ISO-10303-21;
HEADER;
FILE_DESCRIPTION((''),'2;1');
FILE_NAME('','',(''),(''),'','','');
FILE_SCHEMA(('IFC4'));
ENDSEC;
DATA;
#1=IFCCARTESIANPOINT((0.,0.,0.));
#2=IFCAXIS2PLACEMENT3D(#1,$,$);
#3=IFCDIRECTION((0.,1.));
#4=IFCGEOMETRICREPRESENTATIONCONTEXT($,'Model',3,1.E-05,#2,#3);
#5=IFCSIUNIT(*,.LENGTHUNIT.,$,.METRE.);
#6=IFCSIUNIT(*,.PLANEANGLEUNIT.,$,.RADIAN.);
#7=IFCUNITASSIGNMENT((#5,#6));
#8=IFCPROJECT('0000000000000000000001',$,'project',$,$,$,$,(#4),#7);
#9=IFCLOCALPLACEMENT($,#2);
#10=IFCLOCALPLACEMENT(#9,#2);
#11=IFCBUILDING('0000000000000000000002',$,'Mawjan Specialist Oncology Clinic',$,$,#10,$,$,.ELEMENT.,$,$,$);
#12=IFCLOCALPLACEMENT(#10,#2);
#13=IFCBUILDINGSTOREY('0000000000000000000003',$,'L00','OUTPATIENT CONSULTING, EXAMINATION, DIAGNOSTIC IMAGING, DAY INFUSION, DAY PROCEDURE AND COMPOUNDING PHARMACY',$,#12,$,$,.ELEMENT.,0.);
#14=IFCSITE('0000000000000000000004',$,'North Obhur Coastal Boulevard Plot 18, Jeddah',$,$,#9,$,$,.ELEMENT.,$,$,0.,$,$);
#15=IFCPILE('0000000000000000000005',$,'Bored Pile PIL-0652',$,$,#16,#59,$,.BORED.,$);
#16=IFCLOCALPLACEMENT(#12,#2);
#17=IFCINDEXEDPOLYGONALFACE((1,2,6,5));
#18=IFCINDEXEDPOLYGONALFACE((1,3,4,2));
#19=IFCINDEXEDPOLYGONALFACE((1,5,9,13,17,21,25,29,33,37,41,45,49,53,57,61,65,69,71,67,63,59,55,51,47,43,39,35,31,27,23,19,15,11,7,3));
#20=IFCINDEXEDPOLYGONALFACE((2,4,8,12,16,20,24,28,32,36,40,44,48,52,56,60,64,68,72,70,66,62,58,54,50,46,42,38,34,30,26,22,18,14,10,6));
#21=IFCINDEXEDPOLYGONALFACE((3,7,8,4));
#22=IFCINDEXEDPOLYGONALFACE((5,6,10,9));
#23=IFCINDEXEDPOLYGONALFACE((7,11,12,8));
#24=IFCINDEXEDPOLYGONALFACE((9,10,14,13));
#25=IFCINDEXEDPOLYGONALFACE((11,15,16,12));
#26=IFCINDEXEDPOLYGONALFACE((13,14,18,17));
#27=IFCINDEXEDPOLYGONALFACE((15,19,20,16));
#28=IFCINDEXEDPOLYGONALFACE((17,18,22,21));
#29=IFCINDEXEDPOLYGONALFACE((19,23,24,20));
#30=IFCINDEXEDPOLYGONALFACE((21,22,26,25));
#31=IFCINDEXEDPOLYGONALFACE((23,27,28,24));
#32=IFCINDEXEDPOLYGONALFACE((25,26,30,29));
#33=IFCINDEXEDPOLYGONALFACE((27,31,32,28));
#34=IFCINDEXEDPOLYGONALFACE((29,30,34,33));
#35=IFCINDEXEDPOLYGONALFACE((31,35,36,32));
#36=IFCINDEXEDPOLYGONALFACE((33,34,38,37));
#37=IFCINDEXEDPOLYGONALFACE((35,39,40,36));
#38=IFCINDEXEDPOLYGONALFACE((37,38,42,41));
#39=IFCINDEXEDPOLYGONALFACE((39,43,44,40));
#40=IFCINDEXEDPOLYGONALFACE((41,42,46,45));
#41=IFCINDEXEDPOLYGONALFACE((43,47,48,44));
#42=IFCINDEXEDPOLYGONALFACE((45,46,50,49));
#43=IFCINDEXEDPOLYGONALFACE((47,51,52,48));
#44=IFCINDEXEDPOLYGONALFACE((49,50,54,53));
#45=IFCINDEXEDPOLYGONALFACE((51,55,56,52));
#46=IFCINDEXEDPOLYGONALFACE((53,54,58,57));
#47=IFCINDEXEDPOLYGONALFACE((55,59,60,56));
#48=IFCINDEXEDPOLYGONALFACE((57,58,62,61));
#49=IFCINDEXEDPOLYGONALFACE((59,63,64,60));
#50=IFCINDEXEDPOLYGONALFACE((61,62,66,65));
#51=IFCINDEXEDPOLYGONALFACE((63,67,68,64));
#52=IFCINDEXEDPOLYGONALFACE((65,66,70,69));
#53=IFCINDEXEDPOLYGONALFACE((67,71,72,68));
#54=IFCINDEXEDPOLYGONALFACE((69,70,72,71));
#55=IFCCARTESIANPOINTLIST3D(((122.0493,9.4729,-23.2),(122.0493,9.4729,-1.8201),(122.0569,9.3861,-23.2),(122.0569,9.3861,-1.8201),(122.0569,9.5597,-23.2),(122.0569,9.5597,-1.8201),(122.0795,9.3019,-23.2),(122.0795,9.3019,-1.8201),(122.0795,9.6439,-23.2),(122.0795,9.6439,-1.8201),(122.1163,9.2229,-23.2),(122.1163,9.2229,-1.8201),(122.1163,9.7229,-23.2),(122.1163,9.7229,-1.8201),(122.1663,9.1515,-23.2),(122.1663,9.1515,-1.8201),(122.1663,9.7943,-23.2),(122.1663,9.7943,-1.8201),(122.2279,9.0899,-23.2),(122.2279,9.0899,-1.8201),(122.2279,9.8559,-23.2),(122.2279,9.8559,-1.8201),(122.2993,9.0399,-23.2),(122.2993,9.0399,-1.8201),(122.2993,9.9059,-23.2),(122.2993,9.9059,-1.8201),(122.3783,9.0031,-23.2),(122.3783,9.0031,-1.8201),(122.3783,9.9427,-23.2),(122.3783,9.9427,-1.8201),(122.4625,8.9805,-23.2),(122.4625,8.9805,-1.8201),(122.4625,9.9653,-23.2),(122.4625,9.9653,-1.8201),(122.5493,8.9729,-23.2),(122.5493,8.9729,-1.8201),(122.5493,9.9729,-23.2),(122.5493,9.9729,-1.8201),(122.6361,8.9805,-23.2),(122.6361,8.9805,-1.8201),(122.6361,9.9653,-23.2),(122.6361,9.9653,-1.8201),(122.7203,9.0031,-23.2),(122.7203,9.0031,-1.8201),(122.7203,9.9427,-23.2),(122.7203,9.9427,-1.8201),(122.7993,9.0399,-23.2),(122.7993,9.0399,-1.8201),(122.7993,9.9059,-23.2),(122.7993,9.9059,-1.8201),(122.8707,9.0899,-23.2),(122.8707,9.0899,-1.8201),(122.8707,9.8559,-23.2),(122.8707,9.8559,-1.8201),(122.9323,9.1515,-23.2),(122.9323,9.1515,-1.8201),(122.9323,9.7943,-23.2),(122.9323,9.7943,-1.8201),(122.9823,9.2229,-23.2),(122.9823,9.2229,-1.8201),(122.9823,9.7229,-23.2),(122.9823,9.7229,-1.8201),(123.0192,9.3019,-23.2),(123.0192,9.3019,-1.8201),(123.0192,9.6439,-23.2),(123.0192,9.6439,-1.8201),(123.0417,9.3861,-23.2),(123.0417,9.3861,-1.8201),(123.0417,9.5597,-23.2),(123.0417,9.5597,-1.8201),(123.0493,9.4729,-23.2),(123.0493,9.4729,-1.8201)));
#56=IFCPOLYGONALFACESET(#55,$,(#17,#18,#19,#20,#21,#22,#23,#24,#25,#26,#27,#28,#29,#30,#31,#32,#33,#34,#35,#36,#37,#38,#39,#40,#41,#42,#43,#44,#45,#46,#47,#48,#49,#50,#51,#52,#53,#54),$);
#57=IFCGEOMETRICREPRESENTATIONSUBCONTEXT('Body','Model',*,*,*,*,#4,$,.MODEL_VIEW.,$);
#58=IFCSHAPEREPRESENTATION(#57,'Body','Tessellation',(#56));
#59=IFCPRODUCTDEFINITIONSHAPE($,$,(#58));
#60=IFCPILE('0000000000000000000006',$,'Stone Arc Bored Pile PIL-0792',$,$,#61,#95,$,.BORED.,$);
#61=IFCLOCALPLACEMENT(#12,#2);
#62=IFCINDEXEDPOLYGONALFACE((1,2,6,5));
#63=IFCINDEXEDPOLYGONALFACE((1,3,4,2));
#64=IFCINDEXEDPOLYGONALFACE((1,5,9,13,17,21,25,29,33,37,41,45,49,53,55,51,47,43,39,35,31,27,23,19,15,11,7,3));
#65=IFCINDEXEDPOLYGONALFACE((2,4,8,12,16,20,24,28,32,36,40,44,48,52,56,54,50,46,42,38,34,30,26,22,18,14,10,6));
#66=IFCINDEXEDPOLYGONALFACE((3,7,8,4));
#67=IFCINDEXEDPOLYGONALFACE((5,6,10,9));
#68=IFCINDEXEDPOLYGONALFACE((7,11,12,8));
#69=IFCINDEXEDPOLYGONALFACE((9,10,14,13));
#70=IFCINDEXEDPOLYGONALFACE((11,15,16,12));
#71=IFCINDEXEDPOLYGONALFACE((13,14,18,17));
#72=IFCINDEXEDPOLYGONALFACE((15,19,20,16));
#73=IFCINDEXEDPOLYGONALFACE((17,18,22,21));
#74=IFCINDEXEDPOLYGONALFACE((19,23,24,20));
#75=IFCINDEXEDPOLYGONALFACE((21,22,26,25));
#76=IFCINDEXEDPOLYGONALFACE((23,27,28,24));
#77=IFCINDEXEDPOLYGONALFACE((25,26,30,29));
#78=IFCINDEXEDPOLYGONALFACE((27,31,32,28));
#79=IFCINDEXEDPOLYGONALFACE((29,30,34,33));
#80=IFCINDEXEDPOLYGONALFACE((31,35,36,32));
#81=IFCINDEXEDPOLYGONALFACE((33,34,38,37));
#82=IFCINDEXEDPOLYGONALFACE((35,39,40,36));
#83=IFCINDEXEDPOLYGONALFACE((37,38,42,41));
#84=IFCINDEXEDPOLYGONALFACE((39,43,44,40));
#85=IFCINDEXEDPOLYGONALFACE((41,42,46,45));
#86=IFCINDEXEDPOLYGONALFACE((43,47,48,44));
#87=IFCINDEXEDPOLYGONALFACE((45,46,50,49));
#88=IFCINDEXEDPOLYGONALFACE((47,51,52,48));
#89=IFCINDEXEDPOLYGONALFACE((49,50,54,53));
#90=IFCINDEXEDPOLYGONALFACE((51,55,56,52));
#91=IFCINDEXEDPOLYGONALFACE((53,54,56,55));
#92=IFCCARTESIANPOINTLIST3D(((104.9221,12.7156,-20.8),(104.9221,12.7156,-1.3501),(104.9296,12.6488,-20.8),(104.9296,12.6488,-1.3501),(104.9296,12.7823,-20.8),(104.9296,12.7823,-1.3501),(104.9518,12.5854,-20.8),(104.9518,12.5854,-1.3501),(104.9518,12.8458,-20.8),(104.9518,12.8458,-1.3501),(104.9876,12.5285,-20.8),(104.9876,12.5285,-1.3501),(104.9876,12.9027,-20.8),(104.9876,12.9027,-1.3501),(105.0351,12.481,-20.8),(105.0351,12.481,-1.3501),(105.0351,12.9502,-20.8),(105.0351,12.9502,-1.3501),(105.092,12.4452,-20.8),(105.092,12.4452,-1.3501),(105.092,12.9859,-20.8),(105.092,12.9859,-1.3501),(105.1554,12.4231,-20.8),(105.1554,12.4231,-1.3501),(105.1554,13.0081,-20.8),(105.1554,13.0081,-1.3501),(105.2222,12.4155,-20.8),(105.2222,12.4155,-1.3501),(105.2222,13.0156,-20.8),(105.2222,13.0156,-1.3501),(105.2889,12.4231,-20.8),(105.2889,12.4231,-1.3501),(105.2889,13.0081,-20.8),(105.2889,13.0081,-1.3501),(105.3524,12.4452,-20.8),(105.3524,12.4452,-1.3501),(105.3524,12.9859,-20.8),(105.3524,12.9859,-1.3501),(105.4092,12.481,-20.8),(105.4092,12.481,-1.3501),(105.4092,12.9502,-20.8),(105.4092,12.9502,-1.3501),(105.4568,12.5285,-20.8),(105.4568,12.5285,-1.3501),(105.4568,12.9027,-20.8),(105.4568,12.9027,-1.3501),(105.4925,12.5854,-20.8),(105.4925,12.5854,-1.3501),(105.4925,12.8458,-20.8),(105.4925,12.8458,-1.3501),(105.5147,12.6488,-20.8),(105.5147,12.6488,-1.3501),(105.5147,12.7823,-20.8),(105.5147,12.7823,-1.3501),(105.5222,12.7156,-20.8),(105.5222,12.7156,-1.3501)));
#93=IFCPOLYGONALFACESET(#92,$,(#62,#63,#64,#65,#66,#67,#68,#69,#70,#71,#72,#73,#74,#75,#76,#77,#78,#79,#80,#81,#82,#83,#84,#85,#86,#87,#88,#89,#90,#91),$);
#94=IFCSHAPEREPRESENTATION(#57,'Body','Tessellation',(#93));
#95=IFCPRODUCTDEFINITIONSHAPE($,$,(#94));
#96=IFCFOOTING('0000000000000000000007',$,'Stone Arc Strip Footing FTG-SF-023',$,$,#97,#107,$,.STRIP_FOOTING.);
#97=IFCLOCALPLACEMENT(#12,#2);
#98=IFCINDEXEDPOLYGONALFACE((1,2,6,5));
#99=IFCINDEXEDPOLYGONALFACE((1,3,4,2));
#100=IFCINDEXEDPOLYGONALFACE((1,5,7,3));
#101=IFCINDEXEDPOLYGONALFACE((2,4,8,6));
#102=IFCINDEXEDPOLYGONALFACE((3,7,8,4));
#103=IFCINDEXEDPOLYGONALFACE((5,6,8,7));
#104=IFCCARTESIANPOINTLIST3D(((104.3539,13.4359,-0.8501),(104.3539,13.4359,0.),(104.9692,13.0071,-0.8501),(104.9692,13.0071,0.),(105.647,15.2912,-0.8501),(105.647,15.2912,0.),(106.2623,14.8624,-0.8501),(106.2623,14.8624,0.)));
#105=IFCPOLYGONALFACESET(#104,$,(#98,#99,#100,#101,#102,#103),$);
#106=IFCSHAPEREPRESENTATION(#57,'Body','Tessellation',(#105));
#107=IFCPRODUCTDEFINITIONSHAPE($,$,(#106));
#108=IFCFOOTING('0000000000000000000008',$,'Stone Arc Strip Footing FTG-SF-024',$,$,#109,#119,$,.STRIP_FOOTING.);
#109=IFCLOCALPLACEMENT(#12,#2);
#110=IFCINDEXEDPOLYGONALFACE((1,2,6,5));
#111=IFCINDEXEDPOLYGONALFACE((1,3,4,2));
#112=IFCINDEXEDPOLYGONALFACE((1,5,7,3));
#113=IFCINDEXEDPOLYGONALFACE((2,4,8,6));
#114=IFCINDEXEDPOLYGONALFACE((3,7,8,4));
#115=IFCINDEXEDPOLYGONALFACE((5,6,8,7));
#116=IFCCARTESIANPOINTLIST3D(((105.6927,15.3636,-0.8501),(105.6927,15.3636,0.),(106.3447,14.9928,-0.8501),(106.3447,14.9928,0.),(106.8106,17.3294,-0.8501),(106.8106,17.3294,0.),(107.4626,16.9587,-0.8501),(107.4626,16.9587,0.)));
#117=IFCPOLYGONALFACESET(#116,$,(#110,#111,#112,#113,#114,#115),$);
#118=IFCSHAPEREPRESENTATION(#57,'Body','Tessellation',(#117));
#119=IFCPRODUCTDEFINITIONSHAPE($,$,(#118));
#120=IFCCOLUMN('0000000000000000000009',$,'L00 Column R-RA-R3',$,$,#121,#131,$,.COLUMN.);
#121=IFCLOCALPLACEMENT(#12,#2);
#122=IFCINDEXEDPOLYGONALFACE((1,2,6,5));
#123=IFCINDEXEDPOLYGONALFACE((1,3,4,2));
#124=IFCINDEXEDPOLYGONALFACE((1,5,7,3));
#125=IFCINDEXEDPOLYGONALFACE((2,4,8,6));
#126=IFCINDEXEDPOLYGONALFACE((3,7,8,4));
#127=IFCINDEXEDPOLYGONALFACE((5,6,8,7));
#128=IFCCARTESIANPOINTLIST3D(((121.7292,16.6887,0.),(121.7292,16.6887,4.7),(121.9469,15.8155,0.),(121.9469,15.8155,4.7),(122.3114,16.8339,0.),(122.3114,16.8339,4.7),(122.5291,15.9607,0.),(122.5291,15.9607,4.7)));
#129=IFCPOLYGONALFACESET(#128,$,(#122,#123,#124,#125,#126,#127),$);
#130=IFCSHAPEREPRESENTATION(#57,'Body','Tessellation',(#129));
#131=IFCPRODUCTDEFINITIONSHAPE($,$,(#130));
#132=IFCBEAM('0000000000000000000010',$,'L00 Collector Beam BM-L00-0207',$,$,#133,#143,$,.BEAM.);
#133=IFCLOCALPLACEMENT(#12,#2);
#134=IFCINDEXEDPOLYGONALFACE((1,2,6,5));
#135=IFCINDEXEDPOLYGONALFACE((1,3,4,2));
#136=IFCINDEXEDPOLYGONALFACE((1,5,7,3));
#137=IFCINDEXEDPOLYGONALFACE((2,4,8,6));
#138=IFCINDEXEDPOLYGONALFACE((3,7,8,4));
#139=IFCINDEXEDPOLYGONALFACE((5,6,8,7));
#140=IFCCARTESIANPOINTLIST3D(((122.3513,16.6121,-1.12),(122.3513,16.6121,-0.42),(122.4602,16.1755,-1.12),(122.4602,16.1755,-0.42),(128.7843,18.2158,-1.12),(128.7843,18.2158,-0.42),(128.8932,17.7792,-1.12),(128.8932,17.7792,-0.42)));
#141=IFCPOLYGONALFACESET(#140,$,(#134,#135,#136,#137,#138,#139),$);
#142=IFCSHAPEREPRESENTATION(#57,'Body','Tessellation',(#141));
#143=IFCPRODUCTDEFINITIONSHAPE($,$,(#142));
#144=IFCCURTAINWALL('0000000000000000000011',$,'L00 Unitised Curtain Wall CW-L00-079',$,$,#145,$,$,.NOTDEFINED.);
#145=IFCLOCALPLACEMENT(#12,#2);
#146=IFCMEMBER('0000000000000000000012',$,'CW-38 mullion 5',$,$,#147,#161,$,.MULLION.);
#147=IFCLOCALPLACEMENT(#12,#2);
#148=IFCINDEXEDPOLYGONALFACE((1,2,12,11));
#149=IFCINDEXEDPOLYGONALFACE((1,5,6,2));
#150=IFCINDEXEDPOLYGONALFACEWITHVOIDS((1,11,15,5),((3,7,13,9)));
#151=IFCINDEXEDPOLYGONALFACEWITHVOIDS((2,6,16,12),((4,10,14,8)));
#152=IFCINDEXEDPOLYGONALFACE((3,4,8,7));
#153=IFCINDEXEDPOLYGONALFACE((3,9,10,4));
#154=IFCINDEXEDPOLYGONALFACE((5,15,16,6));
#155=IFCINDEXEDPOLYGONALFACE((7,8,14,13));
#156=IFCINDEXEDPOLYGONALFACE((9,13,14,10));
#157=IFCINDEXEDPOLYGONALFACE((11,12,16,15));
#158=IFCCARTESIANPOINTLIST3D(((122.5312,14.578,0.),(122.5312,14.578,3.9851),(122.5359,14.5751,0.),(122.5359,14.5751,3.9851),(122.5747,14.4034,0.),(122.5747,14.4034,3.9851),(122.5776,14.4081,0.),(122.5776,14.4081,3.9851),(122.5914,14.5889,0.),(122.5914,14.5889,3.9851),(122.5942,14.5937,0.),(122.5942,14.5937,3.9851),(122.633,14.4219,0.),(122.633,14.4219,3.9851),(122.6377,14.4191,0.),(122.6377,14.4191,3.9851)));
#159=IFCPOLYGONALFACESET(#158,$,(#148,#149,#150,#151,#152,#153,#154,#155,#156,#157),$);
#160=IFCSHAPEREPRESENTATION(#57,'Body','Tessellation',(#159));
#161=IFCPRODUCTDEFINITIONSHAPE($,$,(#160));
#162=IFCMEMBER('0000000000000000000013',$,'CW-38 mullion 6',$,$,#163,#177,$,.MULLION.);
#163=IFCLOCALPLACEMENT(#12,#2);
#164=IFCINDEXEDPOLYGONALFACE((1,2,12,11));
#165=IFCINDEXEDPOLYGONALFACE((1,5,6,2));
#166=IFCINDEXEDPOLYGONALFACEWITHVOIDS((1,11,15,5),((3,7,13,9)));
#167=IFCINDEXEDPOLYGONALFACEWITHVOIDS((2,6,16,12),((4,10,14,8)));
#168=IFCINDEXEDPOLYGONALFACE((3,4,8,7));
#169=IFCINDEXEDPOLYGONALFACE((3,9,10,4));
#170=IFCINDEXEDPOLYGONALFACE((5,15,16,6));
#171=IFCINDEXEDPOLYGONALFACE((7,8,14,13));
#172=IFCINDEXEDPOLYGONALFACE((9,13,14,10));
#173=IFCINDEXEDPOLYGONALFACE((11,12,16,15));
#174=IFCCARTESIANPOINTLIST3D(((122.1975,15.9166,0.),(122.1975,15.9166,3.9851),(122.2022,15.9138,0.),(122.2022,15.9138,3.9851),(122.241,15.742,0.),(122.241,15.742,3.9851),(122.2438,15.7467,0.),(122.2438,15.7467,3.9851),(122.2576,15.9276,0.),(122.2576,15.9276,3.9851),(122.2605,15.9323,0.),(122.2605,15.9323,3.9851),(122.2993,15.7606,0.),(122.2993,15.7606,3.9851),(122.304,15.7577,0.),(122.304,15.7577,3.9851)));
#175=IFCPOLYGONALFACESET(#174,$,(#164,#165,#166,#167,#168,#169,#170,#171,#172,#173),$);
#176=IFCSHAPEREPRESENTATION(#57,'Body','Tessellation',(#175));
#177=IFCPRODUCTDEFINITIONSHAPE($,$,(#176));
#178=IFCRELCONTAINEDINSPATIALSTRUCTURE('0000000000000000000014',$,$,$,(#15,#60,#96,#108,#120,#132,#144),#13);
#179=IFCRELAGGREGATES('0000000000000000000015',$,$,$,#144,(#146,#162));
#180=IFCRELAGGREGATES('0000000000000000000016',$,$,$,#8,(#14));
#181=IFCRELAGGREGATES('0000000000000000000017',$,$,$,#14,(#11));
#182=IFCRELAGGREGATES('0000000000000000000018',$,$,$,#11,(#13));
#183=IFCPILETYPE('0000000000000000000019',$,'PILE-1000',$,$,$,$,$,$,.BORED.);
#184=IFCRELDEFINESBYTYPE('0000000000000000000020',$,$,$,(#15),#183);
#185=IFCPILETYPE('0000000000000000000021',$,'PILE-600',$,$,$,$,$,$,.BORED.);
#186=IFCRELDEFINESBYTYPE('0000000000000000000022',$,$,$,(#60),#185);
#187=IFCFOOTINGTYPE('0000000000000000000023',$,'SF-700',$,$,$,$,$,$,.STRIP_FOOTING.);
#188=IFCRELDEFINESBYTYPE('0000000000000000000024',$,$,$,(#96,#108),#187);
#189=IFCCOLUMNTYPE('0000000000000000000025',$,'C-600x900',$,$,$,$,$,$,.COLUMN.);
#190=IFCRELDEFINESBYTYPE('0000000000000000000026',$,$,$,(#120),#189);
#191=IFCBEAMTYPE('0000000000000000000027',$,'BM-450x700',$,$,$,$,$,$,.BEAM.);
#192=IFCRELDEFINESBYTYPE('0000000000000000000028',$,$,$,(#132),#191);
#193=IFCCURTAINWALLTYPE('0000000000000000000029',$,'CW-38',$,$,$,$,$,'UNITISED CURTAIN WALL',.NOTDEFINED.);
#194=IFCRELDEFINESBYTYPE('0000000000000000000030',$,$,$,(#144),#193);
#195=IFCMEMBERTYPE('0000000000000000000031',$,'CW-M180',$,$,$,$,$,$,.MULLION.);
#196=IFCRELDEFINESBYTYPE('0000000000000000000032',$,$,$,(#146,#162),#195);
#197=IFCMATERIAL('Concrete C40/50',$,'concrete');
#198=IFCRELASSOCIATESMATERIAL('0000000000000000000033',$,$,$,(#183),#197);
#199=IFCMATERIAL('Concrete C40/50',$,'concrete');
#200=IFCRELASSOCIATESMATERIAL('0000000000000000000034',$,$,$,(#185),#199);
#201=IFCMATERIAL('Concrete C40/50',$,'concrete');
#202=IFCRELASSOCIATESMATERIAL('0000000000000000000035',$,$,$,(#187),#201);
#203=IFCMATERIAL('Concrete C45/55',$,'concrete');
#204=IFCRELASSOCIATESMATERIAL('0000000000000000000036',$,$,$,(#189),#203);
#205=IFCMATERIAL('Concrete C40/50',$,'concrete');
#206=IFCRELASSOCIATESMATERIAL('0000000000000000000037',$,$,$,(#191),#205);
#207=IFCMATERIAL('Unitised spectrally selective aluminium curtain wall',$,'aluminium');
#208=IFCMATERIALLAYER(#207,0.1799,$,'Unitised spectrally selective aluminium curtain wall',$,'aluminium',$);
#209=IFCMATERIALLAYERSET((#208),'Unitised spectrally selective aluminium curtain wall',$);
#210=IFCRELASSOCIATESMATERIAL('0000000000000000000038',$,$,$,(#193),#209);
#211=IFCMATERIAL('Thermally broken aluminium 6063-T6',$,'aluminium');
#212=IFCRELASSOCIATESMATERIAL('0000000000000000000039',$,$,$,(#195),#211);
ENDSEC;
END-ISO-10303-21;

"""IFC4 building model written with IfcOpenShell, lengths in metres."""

from ifc_helpers import new_model, si_unit, direction, frame, origin, origin_2d, place, context, subcontext, project, spatial, rectangle, hollow_rectangle, circle, extrude, material, layer, layer_set, material_profile, profile_set, type_object, element, aggregate, save


model = new_model("IFC4")

# Units and contexts
model_context = context("Model", 3, precision=1e-05, world=origin(), true_north=direction((0.0, 1.0)))
body_context = subcontext(model_context, "Body", "Model", "MODEL_VIEW")
ifc_project = project(units=[si_unit("LENGTHUNIT", "METRE"), si_unit("PLANEANGLEUNIT", "RADIAN")], contexts=[model_context])

# Site, building, storey
site_placement = place(None, origin())
site = spatial("IfcSite", under=ifc_project, at=site_placement, Name="North Obhur Coastal Boulevard Plot 18, Jeddah", CompositionType="ELEMENT", RefElevation=0.0)
building_placement = place(site_placement, origin())
building = spatial("IfcBuilding", under=site, at=building_placement, Name="Mawjan Specialist Oncology Clinic", CompositionType="ELEMENT")
storey_placement = place(building_placement, origin())
storey = spatial("IfcBuildingStorey", under=building, at=storey_placement, Name="L00", Description="OUTPATIENT CONSULTING, EXAMINATION, DIAGNOSTIC IMAGING, DAY INFUSION, DAY PROCEDURE AND COMPOUNDING PHARMACY", CompositionType="ELEMENT", Elevation=0.0)

# Piles
ifc_material_1 = material(Name="Concrete C40/50", Category="concrete")
ifc_material_profile_1 = material_profile(ifc_material_1, circle(Radius=0.5, at=origin_2d()), Name="BORED PILE D1000", Category="concrete")
ifc_profile_set_1 = profile_set([ifc_material_profile_1], Name="Concrete C40/50")
pile_type_1 = type_object("IfcPileType", Name="PILE-1000", PredefinedType="BORED", material=ifc_profile_set_1)
pile_1_placement = place(storey_placement, frame((122.5493, 9.4729, -1.8201), z_axis=(0.0, 0.0, -1.0), x_axis=(1.0, 0.0, 0.0)))
element("IfcPile", 1, at=pile_1_placement, inside=storey, type_object=pile_type_1, Name="Bored Pile PIL-0652", PredefinedType="BORED", context=body_context, shape_type="SweptSolid", body=[
    extrude(circle(Radius=0.5, at=origin_2d()), origin(), (0.0, 0.0, 1.0), 21.3799),
])
ifc_material_2 = material(Name="Concrete C40/50", Category="concrete")
ifc_material_profile_2 = material_profile(ifc_material_2, circle(Radius=0.3, at=origin_2d()), Name="BORED PILE D600", Category="concrete")
ifc_profile_set_2 = profile_set([ifc_material_profile_2], Name="Concrete C40/50")
pile_type_2 = type_object("IfcPileType", Name="PILE-600", PredefinedType="BORED", material=ifc_profile_set_2)
pile_2_placement = place(storey_placement, frame((105.2222, 12.7156, -1.3501), z_axis=(0.0, 0.0, -1.0), x_axis=(1.0, 0.0, 0.0)))
element("IfcPile", 2, at=pile_2_placement, inside=storey, type_object=pile_type_2, Name="Stone Arc Bored Pile PIL-0792", PredefinedType="BORED", context=body_context, shape_type="SweptSolid", body=[
    extrude(circle(Radius=0.3, at=origin_2d()), origin(), (0.0, 0.0, 1.0), 19.45),
])

# Footings
ifc_material_3 = material(Name="Concrete C40/50", Category="concrete")
footing_type = type_object("IfcFootingType", Name="SF-700", PredefinedType="STRIP_FOOTING", material=ifc_material_3)
for number, where, z_axis, x_axis, name in (
    (3, (105.3081, 14.1492, -0.8501), (0.0, 0.0, 1.0), (-0.571788, -0.820401, 0.0), "Stone Arc Strip Footing FTG-SF-023"),
    (4, (106.5776, 16.1611, -0.8501), (0.0, 0.0, 1.0), (-0.494321, -0.869279, 0.0), "Stone Arc Strip Footing FTG-SF-024"),
):
    element("IfcFooting", number, at=place(storey_placement, frame(where, z_axis=z_axis, x_axis=x_axis)), inside=storey, type_object=footing_type, Name=name, PredefinedType="STRIP_FOOTING", context=body_context, shape_type="SweptSolid", body=[
        extrude(rectangle(XDim=2.2615, YDim=0.75, at=origin_2d()), origin(), (0.0, 0.0, 1.0), 0.8501),
    ])

# Column
ifc_material_4 = material(Name="Concrete C45/55", Category="concrete")
ifc_material_profile_3 = material_profile(ifc_material_4, rectangle(XDim=0.6001, YDim=0.8999, at=origin_2d()), Name="RC COL 600x900", Category="concrete")
ifc_profile_set_3 = profile_set([ifc_material_profile_3], Name="Concrete C45/55")
column_type = type_object("IfcColumnType", Name="C-600x900", PredefinedType="COLUMN", material=ifc_profile_set_3)
column_placement = place(storey_placement, frame((122.1292, 16.3247, 0.0), z_axis=(0.0, 0.0, 1.0), x_axis=(0.970296, 0.241922, 0.0)))
element("IfcColumn", 5, at=column_placement, inside=storey, type_object=column_type, Name="L00 Column R-RA-R3", PredefinedType="COLUMN", context=body_context, shape_type="SweptSolid", body=[
    extrude(rectangle(XDim=0.6001, YDim=0.8999, at=origin_2d()), origin(), (0.0, 0.0, 1.0), 4.7),
])

# Beam
ifc_material_5 = material(Name="Concrete C40/50", Category="concrete")
ifc_material_profile_4 = material_profile(ifc_material_5, rectangle(XDim=0.45, YDim=0.7, at=origin_2d()), Name="RC BM 450x700", Category="concrete")
ifc_profile_set_4 = profile_set([ifc_material_profile_4], Name="Concrete C40/50")
beam_type_1 = type_object("IfcBeamType", Name="BM-450x700", PredefinedType="BEAM", material=ifc_profile_set_4)
beam_1_placement = place(storey_placement, frame((122.4058, 16.3938, -0.77), z_axis=(0.970303, 0.241894, 0.0), x_axis=(-0.241894, 0.970303, 0.0)))
element("IfcBeam", 6, at=beam_1_placement, inside=storey, type_object=beam_type_1, Name="L00 Collector Beam BM-L00-0207", PredefinedType="BEAM", context=body_context, shape_type="SweptSolid", body=[
    extrude(rectangle(XDim=0.45, YDim=0.7, at=origin_2d()), origin(), (0.0, 0.0, 1.0), 6.6299),
])

# Curtain wall, members
ifc_material_6 = material(Name="Unitised spectrally selective aluminium curtain wall", Category="aluminium")
ifc_layer_1 = layer(ifc_material_6, 0.1799, Name="Unitised spectrally selective aluminium curtain wall", Category="aluminium")
ifc_layer_set_1 = layer_set([ifc_layer_1], Name="Unitised spectrally selective aluminium curtain wall")
curtain_wall_type = type_object("IfcCurtainWallType", Name="CW-38", ElementType="UNITISED CURTAIN WALL", PredefinedType="NOTDEFINED", material=ifc_layer_set_1)
curtain_wall_placement = place(storey_placement, origin())
curtain_wall = element("IfcCurtainWall", 7, at=curtain_wall_placement, inside=storey, type_object=curtain_wall_type, Name="L00 Unitised Curtain Wall CW-L00-079", PredefinedType="NOTDEFINED")
ifc_material_7 = material(Name="Thermally broken aluminium 6063-T6", Category="aluminium")
ifc_material_profile_5 = material_profile(ifc_material_7, hollow_rectangle(XDim=0.0649, YDim=0.1799, WallThickness=0.0039, at=origin_2d()), Name="ALU MULLION 180x65x4", Category="aluminium")
ifc_profile_set_5 = profile_set([ifc_material_profile_5], Name="Thermally broken aluminium 6063-T6")
member_type_1 = type_object("IfcMemberType", Name="CW-M180", PredefinedType="MULLION", material=ifc_profile_set_5)
member_1_placement = place(storey_placement, frame((122.5845, 14.4985, 0.0), z_axis=(0.0, 0.0, 1.0), x_axis=(-0.970296, -0.241922, 0.0)))
member_1 = element("IfcMember", 8, at=member_1_placement, type_object=member_type_1, Name="CW-38 mullion 5", PredefinedType="MULLION", context=body_context, shape_type="SweptSolid", body=[
    extrude(hollow_rectangle(XDim=0.0649, YDim=0.1799, WallThickness=0.0039, at=origin_2d()), origin(), (0.0, 0.0, 1.0), 3.9851),
])
member_2_placement = place(storey_placement, frame((122.2507, 15.8372, 0.0), z_axis=(0.0, 0.0, 1.0), x_axis=(-0.970296, -0.241922, 0.0)))
member_2 = element("IfcMember", 9, at=member_2_placement, type_object=member_type_1, Name="CW-38 mullion 6", PredefinedType="MULLION", context=body_context, shape_type="SweptSolid", body=[
    extrude(hollow_rectangle(XDim=0.0649, YDim=0.1799, WallThickness=0.0039, at=origin_2d()), origin(), (0.0, 0.0, 1.0), 3.9851),
])

aggregate(curtain_wall, [member_1, member_2])

save(model, "model.ifc")
